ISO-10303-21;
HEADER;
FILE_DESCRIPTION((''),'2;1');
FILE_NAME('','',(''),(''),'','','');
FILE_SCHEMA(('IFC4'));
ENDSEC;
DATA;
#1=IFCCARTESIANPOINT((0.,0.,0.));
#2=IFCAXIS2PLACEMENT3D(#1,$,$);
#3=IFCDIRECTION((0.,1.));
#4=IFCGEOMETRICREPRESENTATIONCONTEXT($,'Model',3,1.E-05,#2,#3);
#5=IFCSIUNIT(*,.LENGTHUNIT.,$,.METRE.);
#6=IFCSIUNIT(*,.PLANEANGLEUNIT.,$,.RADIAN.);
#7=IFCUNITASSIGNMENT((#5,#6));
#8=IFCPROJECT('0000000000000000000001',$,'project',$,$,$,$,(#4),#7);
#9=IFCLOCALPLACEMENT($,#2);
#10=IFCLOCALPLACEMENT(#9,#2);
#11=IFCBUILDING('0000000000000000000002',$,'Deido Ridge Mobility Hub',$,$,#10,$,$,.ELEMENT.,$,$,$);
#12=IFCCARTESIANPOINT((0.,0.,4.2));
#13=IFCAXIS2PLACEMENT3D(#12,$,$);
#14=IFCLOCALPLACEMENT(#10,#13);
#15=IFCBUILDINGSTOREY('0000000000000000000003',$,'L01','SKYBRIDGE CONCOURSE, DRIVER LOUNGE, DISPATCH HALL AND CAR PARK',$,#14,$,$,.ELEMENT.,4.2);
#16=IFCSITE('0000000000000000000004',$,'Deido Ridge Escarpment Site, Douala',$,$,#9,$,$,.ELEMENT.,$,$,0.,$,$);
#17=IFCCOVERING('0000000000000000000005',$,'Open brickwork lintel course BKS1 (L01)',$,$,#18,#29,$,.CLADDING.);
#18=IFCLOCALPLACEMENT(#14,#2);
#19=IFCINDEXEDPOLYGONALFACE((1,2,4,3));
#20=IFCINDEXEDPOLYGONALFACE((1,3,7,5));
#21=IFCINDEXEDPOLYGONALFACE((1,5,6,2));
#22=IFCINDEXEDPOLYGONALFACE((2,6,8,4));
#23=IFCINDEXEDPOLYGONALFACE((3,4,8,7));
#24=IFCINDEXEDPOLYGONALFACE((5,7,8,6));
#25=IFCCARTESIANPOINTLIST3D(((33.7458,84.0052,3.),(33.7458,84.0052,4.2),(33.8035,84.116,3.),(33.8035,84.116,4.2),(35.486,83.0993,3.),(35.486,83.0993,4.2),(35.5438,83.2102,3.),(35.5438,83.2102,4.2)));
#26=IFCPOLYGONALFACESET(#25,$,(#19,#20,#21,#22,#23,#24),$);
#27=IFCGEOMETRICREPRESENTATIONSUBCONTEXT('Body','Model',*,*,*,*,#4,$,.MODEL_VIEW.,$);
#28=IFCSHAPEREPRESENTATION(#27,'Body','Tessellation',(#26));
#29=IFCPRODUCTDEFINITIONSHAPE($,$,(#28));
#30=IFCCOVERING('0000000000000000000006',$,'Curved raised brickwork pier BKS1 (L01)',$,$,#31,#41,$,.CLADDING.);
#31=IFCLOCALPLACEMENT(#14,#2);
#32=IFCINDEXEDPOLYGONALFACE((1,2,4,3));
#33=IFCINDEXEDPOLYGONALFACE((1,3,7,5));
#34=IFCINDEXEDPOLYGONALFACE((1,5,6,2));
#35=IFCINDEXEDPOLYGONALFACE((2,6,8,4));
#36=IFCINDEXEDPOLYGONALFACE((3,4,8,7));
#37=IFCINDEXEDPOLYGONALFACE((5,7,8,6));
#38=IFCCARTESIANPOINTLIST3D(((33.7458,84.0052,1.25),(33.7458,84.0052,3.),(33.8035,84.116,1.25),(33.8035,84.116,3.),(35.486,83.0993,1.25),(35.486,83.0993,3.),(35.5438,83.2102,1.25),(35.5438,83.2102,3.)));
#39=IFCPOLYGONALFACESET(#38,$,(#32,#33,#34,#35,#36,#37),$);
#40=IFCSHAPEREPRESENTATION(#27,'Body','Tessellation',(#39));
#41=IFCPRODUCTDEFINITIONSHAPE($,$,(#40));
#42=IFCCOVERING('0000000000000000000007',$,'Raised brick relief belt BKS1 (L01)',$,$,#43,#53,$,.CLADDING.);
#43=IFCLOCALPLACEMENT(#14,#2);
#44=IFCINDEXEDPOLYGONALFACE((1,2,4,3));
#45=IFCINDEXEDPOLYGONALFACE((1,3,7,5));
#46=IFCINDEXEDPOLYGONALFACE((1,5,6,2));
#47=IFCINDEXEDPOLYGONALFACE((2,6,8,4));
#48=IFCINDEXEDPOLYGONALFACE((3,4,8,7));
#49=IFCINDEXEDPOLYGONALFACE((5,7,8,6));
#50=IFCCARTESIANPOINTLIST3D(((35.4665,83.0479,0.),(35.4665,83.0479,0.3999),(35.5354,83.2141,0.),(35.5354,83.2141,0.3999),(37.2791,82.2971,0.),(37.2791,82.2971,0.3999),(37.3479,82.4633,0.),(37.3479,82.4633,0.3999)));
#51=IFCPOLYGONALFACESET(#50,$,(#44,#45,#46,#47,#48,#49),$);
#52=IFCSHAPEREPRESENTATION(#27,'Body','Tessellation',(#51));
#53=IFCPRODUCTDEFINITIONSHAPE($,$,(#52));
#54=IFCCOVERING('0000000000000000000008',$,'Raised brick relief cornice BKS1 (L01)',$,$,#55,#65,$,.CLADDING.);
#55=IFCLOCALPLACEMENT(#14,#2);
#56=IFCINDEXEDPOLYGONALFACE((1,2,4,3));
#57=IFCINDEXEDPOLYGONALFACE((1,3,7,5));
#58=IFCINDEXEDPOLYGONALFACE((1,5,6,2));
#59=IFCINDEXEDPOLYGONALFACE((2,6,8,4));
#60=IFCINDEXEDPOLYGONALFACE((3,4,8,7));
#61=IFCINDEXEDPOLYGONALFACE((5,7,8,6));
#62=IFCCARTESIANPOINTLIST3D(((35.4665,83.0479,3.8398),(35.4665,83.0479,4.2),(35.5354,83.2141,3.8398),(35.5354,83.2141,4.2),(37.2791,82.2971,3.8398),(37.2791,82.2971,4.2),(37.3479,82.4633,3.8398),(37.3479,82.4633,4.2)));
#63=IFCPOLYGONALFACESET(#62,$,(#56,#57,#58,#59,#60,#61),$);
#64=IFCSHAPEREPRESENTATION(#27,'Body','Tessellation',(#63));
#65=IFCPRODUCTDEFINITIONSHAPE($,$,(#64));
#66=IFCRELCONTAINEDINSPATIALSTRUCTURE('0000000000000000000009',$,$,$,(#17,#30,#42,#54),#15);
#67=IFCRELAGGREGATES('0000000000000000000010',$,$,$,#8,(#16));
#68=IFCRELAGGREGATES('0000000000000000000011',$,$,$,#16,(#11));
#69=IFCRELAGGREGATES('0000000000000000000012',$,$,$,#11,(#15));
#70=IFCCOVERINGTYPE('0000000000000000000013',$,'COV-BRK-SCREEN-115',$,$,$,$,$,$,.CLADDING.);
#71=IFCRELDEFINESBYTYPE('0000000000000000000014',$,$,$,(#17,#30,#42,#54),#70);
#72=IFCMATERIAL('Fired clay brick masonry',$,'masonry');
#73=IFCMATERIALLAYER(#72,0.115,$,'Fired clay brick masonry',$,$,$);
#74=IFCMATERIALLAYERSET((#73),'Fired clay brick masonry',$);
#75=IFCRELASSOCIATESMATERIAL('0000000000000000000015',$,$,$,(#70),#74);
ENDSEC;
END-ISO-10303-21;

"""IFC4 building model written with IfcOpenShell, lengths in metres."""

from ifc_helpers import new_model, si_unit, direction, frame, origin, origin_2d, place, context, subcontext, project, spatial, rectangle, extrude, material, layer, layer_set, type_object, element, save


model = new_model("IFC4")

# Units and contexts
model_context = context("Model", 3, precision=1e-05, world=origin(), true_north=direction((0.0, 1.0)))
body_context = subcontext(model_context, "Body", "Model", "MODEL_VIEW")
ifc_project = project(units=[si_unit("LENGTHUNIT", "METRE"), si_unit("PLANEANGLEUNIT", "RADIAN")], contexts=[model_context])

# Site, building, storey
site_placement = place(None, origin())
site = spatial("IfcSite", under=ifc_project, at=site_placement, Name="Deido Ridge Escarpment Site, Douala", CompositionType="ELEMENT", RefElevation=0.0)
building_placement = place(site_placement, origin())
building = spatial("IfcBuilding", under=site, at=building_placement, Name="Deido Ridge Mobility Hub", CompositionType="ELEMENT")
storey_placement = place(building_placement, frame((0.0, 0.0, 4.2)))
storey = spatial("IfcBuildingStorey", under=building, at=storey_placement, Name="L01", Description="SKYBRIDGE CONCOURSE, DRIVER LOUNGE, DISPATCH HALL AND CAR PARK", CompositionType="ELEMENT", Elevation=4.2)

# Coverings
ifc_material_1 = material(Name="Fired clay brick masonry", Category="masonry")
ifc_layer = layer(ifc_material_1, 0.115, Name="Fired clay brick masonry")
ifc_layer_set = layer_set([ifc_layer], Name="Fired clay brick masonry")
covering_type = type_object("IfcCoveringType", Name="COV-BRK-SCREEN-115", PredefinedType="CLADDING", material=ifc_layer_set)
covering_1_placement = place(storey_placement, frame((34.6448, 83.6077, 3.0), z_axis=(0.0, 0.0, 1.0), x_axis=(0.887019, -0.461733, 0.0)))
element("IfcCovering", 1, at=covering_1_placement, inside=storey, type_object=covering_type, Name="Open brickwork lintel course BKS1 (L01)", PredefinedType="CLADDING", context=body_context, shape_type="SweptSolid", body=[
    extrude(rectangle(XDim=1.9619, YDim=0.125, at=origin_2d()), origin(), (0.0, 0.0, 1.0), 1.2),
])
covering_2_placement = place(storey_placement, frame((34.6448, 83.6077, 1.25), z_axis=(0.0, 0.0, 1.0), x_axis=(0.887019, -0.461733, 0.0)))
element("IfcCovering", 2, at=covering_2_placement, inside=storey, type_object=covering_type, Name="Curved raised brickwork pier BKS1 (L01)", PredefinedType="CLADDING", context=body_context, shape_type="SweptSolid", body=[
    extrude(rectangle(XDim=1.9619, YDim=0.125, at=origin_2d()), origin(), (0.0, 0.0, 1.0), 1.75),
])
covering_3_placement = place(storey_placement, frame((36.4072, 82.7556, 0.0), z_axis=(0.0, 0.0, 1.0), x_axis=(0.923873, -0.3827, 0.0)))
element("IfcCovering", 3, at=covering_3_placement, inside=storey, type_object=covering_type, Name="Raised brick relief belt BKS1 (L01)", PredefinedType="CLADDING", context=body_context, shape_type="SweptSolid", body=[
    extrude(rectangle(XDim=1.9619, YDim=0.1799, at=origin_2d()), origin(), (0.0, 0.0, 1.0), 0.3999),
])
covering_4_placement = place(storey_placement, frame((36.4072, 82.7556, 3.8398), z_axis=(0.0, 0.0, 1.0), x_axis=(0.923873, -0.3827, 0.0)))
element("IfcCovering", 4, at=covering_4_placement, inside=storey, type_object=covering_type, Name="Raised brick relief cornice BKS1 (L01)", PredefinedType="CLADDING", context=body_context, shape_type="SweptSolid", body=[
    extrude(rectangle(XDim=1.9619, YDim=0.1799, at=origin_2d()), origin(), (0.0, 0.0, 1.0), 0.3601),
])

save(model, "model.ifc")
